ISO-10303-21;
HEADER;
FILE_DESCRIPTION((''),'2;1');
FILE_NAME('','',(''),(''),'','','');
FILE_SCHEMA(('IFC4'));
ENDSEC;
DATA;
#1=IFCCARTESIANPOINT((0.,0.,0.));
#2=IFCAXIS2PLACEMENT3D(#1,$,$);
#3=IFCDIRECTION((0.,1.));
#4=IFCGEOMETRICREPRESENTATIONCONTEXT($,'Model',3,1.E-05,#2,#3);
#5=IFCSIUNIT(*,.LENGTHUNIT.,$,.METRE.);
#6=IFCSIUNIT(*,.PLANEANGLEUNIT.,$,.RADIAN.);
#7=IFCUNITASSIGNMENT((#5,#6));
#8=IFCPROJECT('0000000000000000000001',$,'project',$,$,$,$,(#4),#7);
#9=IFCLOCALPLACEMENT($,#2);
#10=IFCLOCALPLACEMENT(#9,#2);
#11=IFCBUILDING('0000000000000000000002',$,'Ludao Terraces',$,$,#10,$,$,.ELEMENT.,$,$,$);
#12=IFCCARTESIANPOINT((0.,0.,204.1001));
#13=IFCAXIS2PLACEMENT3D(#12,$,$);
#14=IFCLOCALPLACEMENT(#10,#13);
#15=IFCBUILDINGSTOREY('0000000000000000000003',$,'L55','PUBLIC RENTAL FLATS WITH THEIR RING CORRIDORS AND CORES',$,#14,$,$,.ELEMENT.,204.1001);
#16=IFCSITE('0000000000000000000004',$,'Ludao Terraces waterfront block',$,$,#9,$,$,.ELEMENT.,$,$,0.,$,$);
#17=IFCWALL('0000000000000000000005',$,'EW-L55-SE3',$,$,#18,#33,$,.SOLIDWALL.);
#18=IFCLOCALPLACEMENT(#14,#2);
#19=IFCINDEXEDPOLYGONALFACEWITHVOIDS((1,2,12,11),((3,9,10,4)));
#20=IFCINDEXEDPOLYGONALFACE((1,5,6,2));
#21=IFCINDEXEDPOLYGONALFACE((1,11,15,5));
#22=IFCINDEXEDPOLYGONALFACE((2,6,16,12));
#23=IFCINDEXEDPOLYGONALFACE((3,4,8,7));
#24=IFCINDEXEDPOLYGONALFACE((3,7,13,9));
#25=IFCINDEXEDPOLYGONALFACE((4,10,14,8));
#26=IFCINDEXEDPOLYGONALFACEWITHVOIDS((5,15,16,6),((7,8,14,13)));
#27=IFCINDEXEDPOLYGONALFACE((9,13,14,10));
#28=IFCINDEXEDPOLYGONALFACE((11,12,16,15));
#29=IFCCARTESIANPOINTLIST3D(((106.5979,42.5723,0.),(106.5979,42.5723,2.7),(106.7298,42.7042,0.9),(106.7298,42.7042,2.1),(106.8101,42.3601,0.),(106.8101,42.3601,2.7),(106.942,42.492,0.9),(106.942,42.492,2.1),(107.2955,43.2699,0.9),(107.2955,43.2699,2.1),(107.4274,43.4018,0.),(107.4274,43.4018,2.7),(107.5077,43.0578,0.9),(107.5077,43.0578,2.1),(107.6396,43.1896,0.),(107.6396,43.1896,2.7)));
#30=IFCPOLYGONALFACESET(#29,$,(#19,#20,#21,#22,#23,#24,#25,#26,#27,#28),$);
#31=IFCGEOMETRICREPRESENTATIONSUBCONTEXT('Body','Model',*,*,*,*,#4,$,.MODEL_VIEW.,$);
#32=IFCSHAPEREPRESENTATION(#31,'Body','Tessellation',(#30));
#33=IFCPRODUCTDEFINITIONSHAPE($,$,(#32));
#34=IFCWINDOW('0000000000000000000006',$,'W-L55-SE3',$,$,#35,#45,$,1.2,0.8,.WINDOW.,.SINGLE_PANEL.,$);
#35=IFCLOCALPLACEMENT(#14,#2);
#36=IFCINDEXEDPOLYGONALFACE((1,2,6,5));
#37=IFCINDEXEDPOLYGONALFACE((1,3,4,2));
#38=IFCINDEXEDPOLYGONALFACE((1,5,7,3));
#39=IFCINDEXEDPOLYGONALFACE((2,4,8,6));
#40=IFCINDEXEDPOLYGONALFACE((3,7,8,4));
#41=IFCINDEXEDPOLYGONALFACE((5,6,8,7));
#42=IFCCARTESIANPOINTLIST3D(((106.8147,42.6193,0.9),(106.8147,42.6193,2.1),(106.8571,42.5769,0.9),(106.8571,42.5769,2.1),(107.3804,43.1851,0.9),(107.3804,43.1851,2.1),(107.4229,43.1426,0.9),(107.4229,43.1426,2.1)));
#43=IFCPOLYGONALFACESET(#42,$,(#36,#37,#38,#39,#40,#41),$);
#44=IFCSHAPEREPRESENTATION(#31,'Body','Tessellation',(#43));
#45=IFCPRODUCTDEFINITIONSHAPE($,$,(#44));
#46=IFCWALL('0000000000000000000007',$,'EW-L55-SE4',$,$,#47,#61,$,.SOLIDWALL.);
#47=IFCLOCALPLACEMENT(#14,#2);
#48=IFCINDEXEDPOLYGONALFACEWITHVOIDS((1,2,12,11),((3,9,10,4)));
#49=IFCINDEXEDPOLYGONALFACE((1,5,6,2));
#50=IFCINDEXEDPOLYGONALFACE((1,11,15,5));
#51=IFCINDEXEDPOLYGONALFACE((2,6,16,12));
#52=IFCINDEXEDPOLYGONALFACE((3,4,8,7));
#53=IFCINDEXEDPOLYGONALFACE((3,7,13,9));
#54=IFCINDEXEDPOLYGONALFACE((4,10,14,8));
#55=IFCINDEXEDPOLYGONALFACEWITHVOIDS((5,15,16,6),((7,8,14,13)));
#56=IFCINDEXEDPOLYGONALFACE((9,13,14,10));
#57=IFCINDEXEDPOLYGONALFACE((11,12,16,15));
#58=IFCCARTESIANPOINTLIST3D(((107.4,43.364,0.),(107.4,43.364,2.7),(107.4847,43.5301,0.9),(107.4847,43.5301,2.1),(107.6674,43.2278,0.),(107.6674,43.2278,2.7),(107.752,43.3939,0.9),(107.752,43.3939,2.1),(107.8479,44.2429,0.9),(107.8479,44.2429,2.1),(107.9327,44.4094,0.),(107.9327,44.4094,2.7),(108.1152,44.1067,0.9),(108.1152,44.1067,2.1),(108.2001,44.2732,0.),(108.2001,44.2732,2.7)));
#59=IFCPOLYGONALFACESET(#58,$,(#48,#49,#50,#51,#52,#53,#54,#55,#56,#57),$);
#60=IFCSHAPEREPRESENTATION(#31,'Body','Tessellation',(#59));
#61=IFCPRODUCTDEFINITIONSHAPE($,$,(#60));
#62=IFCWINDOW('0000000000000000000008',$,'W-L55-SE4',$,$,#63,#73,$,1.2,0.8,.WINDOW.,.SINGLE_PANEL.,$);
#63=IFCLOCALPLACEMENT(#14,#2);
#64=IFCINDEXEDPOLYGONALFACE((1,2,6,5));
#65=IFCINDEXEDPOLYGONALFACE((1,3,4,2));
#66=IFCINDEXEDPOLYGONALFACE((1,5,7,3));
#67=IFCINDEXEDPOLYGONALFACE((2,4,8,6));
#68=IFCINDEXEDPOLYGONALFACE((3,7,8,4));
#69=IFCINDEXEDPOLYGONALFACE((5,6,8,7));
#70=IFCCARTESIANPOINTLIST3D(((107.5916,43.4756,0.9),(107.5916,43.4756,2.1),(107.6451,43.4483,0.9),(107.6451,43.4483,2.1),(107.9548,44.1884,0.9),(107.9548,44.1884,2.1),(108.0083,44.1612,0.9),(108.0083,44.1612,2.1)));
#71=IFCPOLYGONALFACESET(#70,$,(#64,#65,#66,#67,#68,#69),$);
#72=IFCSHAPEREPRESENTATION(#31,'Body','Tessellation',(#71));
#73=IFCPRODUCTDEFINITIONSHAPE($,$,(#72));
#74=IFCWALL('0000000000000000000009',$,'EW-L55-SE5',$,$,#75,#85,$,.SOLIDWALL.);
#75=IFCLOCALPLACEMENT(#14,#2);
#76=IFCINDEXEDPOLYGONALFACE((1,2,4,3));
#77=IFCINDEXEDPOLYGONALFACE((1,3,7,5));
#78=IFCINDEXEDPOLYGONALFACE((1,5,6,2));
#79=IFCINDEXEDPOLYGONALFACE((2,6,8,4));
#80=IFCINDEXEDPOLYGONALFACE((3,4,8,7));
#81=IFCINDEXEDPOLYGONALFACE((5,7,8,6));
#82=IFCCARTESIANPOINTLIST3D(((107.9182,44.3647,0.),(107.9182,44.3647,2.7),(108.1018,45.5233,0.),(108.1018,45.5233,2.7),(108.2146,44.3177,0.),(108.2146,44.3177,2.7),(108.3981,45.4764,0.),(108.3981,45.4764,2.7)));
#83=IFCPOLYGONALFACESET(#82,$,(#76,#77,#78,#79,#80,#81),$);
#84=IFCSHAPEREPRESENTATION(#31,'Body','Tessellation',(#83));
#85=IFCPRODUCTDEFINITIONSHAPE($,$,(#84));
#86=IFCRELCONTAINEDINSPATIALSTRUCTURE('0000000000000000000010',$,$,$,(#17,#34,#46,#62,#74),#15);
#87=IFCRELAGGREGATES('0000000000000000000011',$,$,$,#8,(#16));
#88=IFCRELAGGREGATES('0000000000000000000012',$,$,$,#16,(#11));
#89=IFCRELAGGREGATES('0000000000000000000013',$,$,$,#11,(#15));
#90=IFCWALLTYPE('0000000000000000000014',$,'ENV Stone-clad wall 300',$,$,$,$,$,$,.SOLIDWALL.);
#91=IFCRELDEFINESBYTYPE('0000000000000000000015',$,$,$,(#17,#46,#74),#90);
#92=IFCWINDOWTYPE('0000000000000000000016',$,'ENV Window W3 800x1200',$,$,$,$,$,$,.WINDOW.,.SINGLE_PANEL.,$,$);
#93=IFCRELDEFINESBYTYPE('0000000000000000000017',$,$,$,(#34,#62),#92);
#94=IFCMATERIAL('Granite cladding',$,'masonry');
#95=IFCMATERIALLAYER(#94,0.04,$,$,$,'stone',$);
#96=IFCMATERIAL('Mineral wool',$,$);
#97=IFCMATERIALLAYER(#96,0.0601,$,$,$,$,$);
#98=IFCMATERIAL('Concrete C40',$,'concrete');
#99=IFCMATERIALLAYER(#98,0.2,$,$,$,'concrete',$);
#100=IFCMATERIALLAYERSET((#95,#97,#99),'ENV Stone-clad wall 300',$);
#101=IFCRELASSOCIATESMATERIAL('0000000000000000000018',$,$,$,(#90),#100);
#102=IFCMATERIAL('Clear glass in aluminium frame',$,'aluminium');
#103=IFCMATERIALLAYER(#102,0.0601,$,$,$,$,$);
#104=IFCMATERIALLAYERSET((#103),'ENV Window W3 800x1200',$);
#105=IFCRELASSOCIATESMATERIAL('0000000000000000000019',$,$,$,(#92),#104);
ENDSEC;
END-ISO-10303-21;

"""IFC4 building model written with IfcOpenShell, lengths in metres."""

from ifc_helpers import new_model, si_unit, direction, frame, frame_2d, origin, place, context, subcontext, project, spatial, rectangle, extrude, material, layer, layer_set, type_object, element, fill, save


model = new_model("IFC4")

# Units and contexts
model_context = context("Model", 3, precision=1e-05, world=origin(), true_north=direction((0.0, 1.0)))
body_context = subcontext(model_context, "Body", "Model", "MODEL_VIEW")
ifc_project = project(units=[si_unit("LENGTHUNIT", "METRE"), si_unit("PLANEANGLEUNIT", "RADIAN")], contexts=[model_context])

# Site, building, storey
site_placement = place(None, origin())
site = spatial("IfcSite", under=ifc_project, at=site_placement, Name="Ludao Terraces waterfront block", CompositionType="ELEMENT", RefElevation=0.0)
building_placement = place(site_placement, origin())
building = spatial("IfcBuilding", under=site, at=building_placement, Name="Ludao Terraces", CompositionType="ELEMENT")
storey_placement = place(building_placement, frame((0.0, 0.0, 204.1001)))
storey = spatial("IfcBuildingStorey", under=building, at=storey_placement, Name="L55", Description="PUBLIC RENTAL FLATS WITH THEIR RING CORRIDORS AND CORES", CompositionType="ELEMENT", Elevation=204.1001)

# Shared definitions
ifc_material_1 = material(Name="Concrete C40", Category="concrete")

# Shared definitions
ifc_material_2 = material(Name="Granite cladding", Category="masonry")
ifc_layer_1 = layer(ifc_material_2, 0.04, Category="stone")
ifc_material_3 = material(Name="Mineral wool")
ifc_layer_2 = layer(ifc_material_3, 0.0601)
ifc_layer_3 = layer(ifc_material_1, 0.2, Category="concrete")
ifc_layer_set_1 = layer_set([ifc_layer_1, ifc_layer_2, ifc_layer_3], Name="ENV Stone-clad wall 300")
wall_type_1 = type_object("IfcWallType", Name="ENV Stone-clad wall 300", PredefinedType="SOLIDWALL", material=ifc_layer_set_1)
ifc_material_4 = material(Name="Clear glass in aluminium frame", Category="aluminium")

# Walls, openings, windows
ifc_layer_4 = layer(ifc_material_4, 0.0601)
ifc_layer_set_2 = layer_set([ifc_layer_4], Name="ENV Window W3 800x1200")
window_type_1 = type_object("IfcWindowType", Name="ENV Window W3 800x1200", PartitioningType="SINGLE_PANEL", PredefinedType="WINDOW", material=ifc_layer_set_2)
wall_1_placement = place(storey_placement, frame((106.7041, 42.4663, 0.0), z_axis=(0.0, 0.0, 1.0), x_axis=(0.707107, 0.707107, 0.0)))
wall_1 = element("IfcWall", 1, at=wall_1_placement, inside=storey, type_object=wall_type_1, Name="EW-L55-SE3", PredefinedType="SOLIDWALL", context=body_context, shape_type="SweptSolid", body=[
    extrude(rectangle(XDim=1.1731, YDim=0.3, at=frame_2d((0.5864, 0.0))), origin(), (0.0, 0.0, 1.0), 2.7),
])
opening_1_placement = place(wall_1_placement, frame((0.1865, 0.0, 0.8999)))
opening_1 = element("IfcOpeningElement", 2, at=opening_1_placement, cuts=wall_1, PredefinedType="OPENING", context=body_context, shape_type="SweptSolid", body=[
    extrude(rectangle(XDim=0.8, YDim=1.2, at=frame_2d((0.3999, 0.6001))), frame((0.0, 0.1602, 0.0), z_axis=(0.0, -1.0, 0.0), x_axis=(1.0, 0.0, 0.0)), (0.0, 0.0, 1.0), 0.3201),
])
window_1_placement = place(opening_1_placement, origin())
window_1 = element("IfcWindow", 3, at=window_1_placement, inside=storey, type_object=window_type_1, Name="W-L55-SE3", OverallHeight=1.2, OverallWidth=0.8, PartitioningType="SINGLE_PANEL", PredefinedType="WINDOW", context=body_context, shape_type="SweptSolid", body=[
    extrude(rectangle(XDim=0.8, YDim=1.2, at=frame_2d((0.3999, 0.6001))), frame((0.0, 0.03, 0.0), z_axis=(0.0, -1.0, 0.0), x_axis=(1.0, 0.0, 0.0)), (0.0, 0.0, 1.0), 0.0601),
])
fill(opening_1, window_1)
wall_2_placement = place(storey_placement, frame((107.5337, 43.2959, 0.0), z_axis=(0.0, 0.0, 1.0), x_axis=(0.454026, 0.890989, 0.0)))
wall_2 = element("IfcWall", 4, at=wall_2_placement, inside=storey, type_object=wall_type_1, Name="EW-L55-SE4", PredefinedType="SOLIDWALL", context=body_context, shape_type="SweptSolid", body=[
    extrude(rectangle(XDim=1.1733, YDim=0.3, at=frame_2d((0.5867, 0.0))), origin(), (0.0, 0.0, 1.0), 2.7),
])
opening_2_placement = place(wall_2_placement, frame((0.1865, 0.0, 0.8999)))
opening_2 = element("IfcOpeningElement", 5, at=opening_2_placement, cuts=wall_2, PredefinedType="OPENING", context=body_context, shape_type="SweptSolid", body=[
    extrude(rectangle(XDim=0.8, YDim=1.2, at=frame_2d((0.3999, 0.6001))), frame((0.0, 0.1602, 0.0), z_axis=(0.0, -1.0, 0.0), x_axis=(1.0, 0.0, 0.0)), (0.0, 0.0, 1.0), 0.3201),
])
window_2_placement = place(opening_2_placement, origin())
window_2 = element("IfcWindow", 6, at=window_2_placement, inside=storey, type_object=window_type_1, Name="W-L55-SE4", OverallHeight=1.2, OverallWidth=0.8, PartitioningType="SINGLE_PANEL", PredefinedType="WINDOW", context=body_context, shape_type="SweptSolid", body=[
    extrude(rectangle(XDim=0.8, YDim=1.2, at=frame_2d((0.3999, 0.6001))), frame((0.0, 0.03, 0.0), z_axis=(0.0, -1.0, 0.0), x_axis=(1.0, 0.0, 0.0)), (0.0, 0.0, 1.0), 0.0601),
])
fill(opening_2, window_2)

# Wall
wall_3_placement = place(storey_placement, frame((108.0664, 44.3413, 0.0), z_axis=(0.0, 0.0, 1.0), x_axis=(0.156497, 0.987678, 0.0)))
element("IfcWall", 7, at=wall_3_placement, inside=storey, type_object=wall_type_1, Name="EW-L55-SE5", PredefinedType="SOLIDWALL", context=body_context, shape_type="SweptSolid", body=[
    extrude(rectangle(XDim=1.1731, YDim=0.3, at=frame_2d((0.5864, 0.0))), origin(), (0.0, 0.0, 1.0), 2.7),
])

save(model, "model.ifc")
